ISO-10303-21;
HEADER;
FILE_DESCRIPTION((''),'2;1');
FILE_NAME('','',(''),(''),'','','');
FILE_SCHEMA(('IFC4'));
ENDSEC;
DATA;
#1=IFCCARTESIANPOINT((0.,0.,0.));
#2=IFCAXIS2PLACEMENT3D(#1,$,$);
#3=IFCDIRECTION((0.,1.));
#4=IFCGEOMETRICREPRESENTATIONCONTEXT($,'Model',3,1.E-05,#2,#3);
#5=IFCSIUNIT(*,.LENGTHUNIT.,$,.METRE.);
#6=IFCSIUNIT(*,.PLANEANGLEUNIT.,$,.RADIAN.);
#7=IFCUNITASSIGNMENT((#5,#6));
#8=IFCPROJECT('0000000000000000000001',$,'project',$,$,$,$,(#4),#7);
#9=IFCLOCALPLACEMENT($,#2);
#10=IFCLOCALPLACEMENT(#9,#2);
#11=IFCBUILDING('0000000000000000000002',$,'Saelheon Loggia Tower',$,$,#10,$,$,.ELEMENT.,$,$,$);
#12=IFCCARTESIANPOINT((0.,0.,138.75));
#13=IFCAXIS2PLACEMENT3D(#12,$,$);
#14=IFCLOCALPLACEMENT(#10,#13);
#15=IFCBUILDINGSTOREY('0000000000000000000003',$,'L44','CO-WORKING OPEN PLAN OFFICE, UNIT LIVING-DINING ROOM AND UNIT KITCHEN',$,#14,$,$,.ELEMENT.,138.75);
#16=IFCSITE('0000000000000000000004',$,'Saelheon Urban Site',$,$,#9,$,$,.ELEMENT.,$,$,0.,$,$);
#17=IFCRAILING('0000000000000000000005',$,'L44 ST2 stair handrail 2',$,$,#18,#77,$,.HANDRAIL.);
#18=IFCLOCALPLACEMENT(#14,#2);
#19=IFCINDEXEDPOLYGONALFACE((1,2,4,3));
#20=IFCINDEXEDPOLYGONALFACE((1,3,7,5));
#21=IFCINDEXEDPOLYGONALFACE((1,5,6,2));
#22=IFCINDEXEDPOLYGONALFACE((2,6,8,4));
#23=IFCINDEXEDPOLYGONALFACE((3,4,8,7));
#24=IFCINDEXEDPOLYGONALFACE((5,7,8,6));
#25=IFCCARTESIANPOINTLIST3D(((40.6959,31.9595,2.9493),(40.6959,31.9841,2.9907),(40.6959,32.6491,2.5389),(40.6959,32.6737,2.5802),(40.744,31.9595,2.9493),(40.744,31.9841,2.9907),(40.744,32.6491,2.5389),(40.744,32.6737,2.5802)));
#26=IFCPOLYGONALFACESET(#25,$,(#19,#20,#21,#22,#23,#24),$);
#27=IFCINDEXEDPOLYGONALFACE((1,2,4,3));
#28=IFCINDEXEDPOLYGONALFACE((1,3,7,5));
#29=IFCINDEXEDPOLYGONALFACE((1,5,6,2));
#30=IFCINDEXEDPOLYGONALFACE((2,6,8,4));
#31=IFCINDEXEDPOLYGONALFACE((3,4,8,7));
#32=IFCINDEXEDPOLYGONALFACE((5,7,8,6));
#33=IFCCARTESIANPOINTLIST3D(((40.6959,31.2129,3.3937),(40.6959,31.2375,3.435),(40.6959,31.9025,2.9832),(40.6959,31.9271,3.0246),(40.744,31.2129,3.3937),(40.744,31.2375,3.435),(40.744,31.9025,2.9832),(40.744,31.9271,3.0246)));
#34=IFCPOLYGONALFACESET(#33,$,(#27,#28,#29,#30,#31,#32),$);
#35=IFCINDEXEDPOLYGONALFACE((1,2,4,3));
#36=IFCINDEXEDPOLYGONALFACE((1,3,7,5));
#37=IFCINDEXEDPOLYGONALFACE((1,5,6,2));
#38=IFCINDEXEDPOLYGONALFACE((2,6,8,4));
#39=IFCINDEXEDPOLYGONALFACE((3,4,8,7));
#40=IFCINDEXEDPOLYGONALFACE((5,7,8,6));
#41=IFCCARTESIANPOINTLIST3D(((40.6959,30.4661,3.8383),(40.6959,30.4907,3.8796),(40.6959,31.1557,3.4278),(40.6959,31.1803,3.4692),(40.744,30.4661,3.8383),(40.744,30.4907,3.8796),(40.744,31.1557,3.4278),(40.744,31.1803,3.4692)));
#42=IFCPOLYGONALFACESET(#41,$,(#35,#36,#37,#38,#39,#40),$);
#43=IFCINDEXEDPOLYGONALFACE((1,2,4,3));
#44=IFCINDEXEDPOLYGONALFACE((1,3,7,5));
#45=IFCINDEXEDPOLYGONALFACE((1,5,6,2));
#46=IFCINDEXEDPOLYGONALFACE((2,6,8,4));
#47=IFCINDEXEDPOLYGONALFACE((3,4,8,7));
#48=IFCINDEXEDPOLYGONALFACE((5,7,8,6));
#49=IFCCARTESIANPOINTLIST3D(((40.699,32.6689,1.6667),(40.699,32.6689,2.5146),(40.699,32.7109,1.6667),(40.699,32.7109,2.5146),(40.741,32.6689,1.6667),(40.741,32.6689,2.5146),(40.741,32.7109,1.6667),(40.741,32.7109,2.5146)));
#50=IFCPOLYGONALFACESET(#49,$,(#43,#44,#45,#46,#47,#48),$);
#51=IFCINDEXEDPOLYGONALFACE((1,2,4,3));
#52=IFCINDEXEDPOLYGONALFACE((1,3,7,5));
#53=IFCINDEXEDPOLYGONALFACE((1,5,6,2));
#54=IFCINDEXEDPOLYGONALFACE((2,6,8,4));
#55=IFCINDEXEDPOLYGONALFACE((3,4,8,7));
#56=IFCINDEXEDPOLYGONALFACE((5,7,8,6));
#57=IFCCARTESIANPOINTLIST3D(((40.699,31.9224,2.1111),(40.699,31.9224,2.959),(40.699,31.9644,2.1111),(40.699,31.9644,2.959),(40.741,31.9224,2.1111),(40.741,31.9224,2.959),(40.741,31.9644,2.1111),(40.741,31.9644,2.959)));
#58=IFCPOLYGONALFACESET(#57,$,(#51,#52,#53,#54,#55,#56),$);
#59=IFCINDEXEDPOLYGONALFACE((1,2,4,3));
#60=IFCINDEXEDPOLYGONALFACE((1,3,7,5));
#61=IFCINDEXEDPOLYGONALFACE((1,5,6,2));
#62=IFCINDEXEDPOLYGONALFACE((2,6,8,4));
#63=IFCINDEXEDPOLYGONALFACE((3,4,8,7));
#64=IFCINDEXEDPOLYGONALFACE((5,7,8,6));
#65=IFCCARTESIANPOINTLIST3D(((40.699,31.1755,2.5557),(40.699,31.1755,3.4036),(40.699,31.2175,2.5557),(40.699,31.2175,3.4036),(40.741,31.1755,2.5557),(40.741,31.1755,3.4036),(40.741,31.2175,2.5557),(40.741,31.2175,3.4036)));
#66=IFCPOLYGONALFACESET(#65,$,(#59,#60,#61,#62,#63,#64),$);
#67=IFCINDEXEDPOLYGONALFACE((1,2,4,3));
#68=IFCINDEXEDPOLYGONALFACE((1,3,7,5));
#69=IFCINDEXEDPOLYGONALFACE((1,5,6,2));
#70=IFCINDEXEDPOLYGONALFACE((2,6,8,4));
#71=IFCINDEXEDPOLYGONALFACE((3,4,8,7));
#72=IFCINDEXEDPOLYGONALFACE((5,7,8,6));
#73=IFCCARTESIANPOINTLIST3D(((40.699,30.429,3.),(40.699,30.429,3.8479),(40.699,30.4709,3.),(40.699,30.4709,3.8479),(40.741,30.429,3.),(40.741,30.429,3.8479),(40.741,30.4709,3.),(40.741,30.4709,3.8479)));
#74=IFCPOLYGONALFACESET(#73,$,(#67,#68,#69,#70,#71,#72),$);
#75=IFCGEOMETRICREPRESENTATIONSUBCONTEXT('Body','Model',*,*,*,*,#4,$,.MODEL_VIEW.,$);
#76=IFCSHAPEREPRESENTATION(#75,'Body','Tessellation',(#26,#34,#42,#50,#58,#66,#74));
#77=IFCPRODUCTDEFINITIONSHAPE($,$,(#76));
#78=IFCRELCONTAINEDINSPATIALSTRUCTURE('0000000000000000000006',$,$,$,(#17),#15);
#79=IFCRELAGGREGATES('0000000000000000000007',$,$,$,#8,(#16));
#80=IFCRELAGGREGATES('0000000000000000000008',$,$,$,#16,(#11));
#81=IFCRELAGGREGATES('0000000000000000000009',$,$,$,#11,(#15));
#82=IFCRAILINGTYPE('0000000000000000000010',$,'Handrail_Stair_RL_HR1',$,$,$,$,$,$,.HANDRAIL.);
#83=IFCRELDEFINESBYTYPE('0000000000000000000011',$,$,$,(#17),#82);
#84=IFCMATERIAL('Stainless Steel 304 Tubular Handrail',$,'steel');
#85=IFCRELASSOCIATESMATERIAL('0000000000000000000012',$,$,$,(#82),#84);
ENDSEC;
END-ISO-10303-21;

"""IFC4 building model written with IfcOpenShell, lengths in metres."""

from ifc_helpers import new_model, si_unit, direction, frame, origin, origin_2d, place, context, subcontext, project, spatial, rectangle, extrude, material, type_object, element, save


model = new_model("IFC4")

# Units and contexts
model_context = context("Model", 3, precision=1e-05, world=origin(), true_north=direction((0.0, 1.0)))
body_context = subcontext(model_context, "Body", "Model", "MODEL_VIEW")
ifc_project = project(units=[si_unit("LENGTHUNIT", "METRE"), si_unit("PLANEANGLEUNIT", "RADIAN")], contexts=[model_context])

# Site, building, storey
site_placement = place(None, origin())
site = spatial("IfcSite", under=ifc_project, at=site_placement, Name="Saelheon Urban Site", CompositionType="ELEMENT", RefElevation=0.0)
building_placement = place(site_placement, origin())
building = spatial("IfcBuilding", under=site, at=building_placement, Name="Saelheon Loggia Tower", CompositionType="ELEMENT")
storey_placement = place(building_placement, frame((0.0, 0.0, 138.75)))
storey = spatial("IfcBuildingStorey", under=building, at=storey_placement, Name="L44", Description="CO-WORKING OPEN PLAN OFFICE, UNIT LIVING-DINING ROOM AND UNIT KITCHEN", CompositionType="ELEMENT", Elevation=138.75)

# Railing
ifc_material_1 = material(Name="Stainless Steel 304 Tubular Handrail", Category="steel")
railing_type_1 = type_object("IfcRailingType", Name="Handrail_Stair_RL_HR1", PredefinedType="HANDRAIL", material=ifc_material_1)
railing_1_placement = place(storey_placement, frame((40.72, 32.6899, 1.6667)))
element("IfcRailing", 1, at=railing_1_placement, inside=storey, type_object=railing_type_1, Name="L44 ST2 stair handrail 2", PredefinedType="HANDRAIL", context=body_context, shape_type="SweptSolid", body=[
    extrude(rectangle(XDim=0.0481, YDim=0.0481, at=origin_2d()), frame((0.0, -0.0286, 0.8928), z_axis=(0.0, -0.859306, 0.511462), x_axis=(1.0, 0.0, 0.0)), (0.0, 0.0, 1.0), 0.8025),
    extrude(rectangle(XDim=0.0481, YDim=0.0481, at=origin_2d()), frame((0.0, -0.7751, 1.3372), z_axis=(0.0, -0.859306, 0.511462), x_axis=(1.0, 0.0, 0.0)), (0.0, 0.0, 1.0), 0.8025),
    extrude(rectangle(XDim=0.0481, YDim=0.0481, at=origin_2d()), frame((0.0, -1.522, 1.7817), z_axis=(0.0, -0.859306, 0.511462), x_axis=(1.0, 0.0, 0.0)), (0.0, 0.0, 1.0), 0.8025),
    extrude(rectangle(XDim=0.042, YDim=0.042, at=origin_2d()), origin(), (0.0, 0.0, 1.0), 0.8479),
    extrude(rectangle(XDim=0.042, YDim=0.042, at=origin_2d()), frame((0.0, -0.7466, 0.4443)), (0.0, 0.0, 1.0), 0.8479),
    extrude(rectangle(XDim=0.042, YDim=0.042, at=origin_2d()), frame((0.0, -1.4934, 0.8889)), (0.0, 0.0, 1.0), 0.8479),
    extrude(rectangle(XDim=0.042, YDim=0.042, at=origin_2d()), frame((0.0, -2.24, 1.3333)), (0.0, 0.0, 1.0), 0.8479),
])

save(model, "model.ifc")
